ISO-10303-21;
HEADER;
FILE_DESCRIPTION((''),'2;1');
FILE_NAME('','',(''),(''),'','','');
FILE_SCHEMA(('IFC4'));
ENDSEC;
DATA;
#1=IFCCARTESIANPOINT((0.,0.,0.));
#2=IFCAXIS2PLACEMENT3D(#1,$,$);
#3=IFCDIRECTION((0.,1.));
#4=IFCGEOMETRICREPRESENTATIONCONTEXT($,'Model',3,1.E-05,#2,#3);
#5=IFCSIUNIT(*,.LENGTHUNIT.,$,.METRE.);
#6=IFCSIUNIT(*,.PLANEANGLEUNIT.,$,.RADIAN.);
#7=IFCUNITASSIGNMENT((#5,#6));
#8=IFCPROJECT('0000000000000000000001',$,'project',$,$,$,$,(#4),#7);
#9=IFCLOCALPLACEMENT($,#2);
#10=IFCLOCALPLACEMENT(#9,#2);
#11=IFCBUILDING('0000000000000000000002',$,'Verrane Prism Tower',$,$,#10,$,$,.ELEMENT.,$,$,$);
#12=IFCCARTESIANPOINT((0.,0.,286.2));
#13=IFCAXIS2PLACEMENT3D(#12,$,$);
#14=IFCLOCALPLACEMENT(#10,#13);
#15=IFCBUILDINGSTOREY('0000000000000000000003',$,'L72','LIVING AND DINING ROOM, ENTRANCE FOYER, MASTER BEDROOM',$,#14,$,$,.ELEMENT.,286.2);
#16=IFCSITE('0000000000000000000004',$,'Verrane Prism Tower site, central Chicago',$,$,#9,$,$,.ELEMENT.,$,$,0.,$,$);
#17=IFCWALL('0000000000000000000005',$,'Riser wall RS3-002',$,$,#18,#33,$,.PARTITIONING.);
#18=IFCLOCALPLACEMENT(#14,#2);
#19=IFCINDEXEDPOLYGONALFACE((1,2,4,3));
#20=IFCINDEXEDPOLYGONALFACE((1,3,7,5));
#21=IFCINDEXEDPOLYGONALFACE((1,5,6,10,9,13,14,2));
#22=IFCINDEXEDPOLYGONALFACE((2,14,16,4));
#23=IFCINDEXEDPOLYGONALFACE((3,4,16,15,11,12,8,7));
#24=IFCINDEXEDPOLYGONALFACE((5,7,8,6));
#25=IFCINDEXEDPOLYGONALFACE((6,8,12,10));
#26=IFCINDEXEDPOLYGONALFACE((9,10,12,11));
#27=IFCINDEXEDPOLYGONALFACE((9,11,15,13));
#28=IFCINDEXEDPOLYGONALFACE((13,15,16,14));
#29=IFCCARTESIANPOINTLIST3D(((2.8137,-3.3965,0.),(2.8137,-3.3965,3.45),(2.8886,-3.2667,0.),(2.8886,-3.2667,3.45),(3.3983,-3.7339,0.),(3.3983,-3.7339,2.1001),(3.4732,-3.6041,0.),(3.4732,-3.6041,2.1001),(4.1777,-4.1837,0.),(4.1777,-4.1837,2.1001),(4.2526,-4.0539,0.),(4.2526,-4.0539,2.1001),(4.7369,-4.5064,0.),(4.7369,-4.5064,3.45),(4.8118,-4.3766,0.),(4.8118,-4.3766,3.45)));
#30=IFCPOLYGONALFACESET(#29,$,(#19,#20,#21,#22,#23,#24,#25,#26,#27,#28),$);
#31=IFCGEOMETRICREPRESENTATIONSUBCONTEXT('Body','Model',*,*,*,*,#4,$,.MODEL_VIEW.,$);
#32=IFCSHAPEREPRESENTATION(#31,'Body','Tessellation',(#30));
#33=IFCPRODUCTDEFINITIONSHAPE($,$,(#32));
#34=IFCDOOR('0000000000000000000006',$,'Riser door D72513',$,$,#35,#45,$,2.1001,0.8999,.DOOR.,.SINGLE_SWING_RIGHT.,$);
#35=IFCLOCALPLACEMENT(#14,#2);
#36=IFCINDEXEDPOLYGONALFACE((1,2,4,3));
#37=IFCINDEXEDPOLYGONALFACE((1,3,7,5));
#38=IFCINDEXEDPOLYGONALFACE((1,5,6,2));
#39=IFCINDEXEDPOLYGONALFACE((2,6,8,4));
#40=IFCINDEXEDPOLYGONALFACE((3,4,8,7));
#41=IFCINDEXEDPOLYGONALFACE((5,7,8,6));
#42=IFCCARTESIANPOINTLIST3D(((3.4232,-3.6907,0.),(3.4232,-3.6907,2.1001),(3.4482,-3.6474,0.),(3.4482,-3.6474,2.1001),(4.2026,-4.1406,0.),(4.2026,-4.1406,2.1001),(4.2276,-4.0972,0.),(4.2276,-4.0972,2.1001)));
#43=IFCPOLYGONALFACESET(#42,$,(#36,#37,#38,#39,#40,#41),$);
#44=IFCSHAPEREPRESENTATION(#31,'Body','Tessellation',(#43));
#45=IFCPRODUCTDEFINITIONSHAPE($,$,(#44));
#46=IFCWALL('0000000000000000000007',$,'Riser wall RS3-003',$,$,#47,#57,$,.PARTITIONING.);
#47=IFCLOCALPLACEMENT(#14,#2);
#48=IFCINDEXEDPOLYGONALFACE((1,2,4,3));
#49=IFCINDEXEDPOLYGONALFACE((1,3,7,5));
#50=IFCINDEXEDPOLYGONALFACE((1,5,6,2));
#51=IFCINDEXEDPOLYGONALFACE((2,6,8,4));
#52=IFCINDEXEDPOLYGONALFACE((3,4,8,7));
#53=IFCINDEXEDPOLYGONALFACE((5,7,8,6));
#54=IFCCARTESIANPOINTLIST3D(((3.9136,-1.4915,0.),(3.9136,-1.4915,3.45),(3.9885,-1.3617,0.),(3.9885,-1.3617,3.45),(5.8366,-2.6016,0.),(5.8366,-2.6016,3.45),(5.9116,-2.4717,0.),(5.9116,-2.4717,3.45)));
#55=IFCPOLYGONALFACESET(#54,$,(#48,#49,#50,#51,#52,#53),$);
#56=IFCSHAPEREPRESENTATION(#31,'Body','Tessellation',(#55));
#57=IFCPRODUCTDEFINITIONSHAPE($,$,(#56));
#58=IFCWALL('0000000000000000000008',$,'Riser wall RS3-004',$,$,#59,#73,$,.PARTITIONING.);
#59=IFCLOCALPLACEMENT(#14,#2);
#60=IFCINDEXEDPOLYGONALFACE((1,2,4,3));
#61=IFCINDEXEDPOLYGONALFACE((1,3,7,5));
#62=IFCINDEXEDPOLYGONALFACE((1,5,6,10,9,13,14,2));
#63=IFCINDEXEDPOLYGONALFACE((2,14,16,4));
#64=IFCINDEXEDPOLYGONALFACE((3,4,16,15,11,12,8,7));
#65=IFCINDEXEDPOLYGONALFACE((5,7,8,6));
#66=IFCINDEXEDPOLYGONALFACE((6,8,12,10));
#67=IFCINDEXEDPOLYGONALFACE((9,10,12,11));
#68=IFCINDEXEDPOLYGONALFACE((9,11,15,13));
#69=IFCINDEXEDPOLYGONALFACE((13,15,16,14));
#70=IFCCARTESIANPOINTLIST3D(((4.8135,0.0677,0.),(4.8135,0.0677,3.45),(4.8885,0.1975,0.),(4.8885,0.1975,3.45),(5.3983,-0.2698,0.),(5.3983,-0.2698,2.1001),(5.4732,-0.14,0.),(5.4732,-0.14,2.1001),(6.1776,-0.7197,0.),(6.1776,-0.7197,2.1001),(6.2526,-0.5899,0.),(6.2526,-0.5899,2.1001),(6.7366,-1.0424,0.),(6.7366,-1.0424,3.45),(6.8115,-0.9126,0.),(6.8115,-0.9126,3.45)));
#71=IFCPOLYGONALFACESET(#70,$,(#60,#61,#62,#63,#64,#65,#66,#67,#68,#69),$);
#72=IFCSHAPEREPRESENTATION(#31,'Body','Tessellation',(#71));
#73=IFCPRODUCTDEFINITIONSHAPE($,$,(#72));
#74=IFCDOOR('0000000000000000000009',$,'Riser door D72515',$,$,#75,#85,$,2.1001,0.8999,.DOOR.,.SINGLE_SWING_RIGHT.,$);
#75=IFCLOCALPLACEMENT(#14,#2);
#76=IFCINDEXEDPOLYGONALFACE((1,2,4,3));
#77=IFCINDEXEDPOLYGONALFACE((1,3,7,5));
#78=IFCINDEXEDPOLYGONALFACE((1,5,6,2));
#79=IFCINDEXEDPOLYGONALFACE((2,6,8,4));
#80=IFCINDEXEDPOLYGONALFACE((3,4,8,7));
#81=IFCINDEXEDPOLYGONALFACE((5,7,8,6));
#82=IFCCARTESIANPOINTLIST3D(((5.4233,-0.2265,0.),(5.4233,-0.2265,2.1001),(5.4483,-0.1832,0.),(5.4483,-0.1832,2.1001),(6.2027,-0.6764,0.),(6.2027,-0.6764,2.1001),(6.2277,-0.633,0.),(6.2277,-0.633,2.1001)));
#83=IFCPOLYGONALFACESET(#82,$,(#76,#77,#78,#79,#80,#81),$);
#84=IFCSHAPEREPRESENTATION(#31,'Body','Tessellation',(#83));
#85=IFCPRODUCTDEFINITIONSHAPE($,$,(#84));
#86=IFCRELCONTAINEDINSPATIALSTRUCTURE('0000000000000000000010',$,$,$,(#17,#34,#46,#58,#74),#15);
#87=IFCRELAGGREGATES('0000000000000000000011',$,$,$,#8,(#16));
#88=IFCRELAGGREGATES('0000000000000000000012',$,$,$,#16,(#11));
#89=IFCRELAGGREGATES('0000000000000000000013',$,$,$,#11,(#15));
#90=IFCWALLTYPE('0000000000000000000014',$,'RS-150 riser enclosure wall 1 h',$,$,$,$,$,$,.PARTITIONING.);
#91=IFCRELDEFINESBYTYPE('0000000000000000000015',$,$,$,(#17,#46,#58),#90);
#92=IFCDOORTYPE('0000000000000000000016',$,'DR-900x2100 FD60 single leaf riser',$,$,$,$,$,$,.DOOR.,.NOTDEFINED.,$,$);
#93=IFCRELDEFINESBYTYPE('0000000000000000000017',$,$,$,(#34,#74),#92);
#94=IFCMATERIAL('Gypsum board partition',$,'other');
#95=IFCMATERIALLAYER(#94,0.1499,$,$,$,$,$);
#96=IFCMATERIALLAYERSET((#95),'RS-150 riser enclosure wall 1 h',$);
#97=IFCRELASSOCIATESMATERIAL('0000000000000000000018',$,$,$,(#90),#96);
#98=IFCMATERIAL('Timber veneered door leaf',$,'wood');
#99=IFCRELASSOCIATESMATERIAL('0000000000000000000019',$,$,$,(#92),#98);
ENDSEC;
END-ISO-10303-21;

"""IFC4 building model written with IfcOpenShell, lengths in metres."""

from ifc_helpers import new_model, si_unit, direction, frame, frame_2d, origin, place, context, subcontext, project, spatial, rectangle, extrude, material, layer, layer_set, type_object, element, fill, save


model = new_model("IFC4")

# Units and contexts
model_context = context("Model", 3, precision=1e-05, world=origin(), true_north=direction((0.0, 1.0)))
body_context = subcontext(model_context, "Body", "Model", "MODEL_VIEW")
ifc_project = project(units=[si_unit("LENGTHUNIT", "METRE"), si_unit("PLANEANGLEUNIT", "RADIAN")], contexts=[model_context])

# Site, building, storey
site_placement = place(None, origin())
site = spatial("IfcSite", under=ifc_project, at=site_placement, Name="Verrane Prism Tower site, central Chicago", CompositionType="ELEMENT", RefElevation=0.0)
building_placement = place(site_placement, origin())
building = spatial("IfcBuilding", under=site, at=building_placement, Name="Verrane Prism Tower", CompositionType="ELEMENT")
storey_placement = place(building_placement, frame((0.0, 0.0, 286.2)))
storey = spatial("IfcBuildingStorey", under=building, at=storey_placement, Name="L72", Description="LIVING AND DINING ROOM, ENTRANCE FOYER, MASTER BEDROOM", CompositionType="ELEMENT", Elevation=286.2)

# Shared definitions
ifc_material_1 = material(Name="Gypsum board partition", Category="other")
ifc_layer_1 = layer(ifc_material_1, 0.1499)
ifc_layer_set_1 = layer_set([ifc_layer_1], Name="RS-150 riser enclosure wall 1 h")
wall_type_1 = type_object("IfcWallType", Name="RS-150 riser enclosure wall 1 h", PredefinedType="PARTITIONING", material=ifc_layer_set_1)

# Wall, opening, door
wall_1_placement = place(storey_placement, frame((2.8511, -3.3315, 0.0), z_axis=(0.0, 0.0, 1.0), x_axis=(0.866111, -0.499853, 0.0)))
wall_1 = element("IfcWall", 1, at=wall_1_placement, inside=storey, type_object=wall_type_1, Name="Riser wall RS3-002", PredefinedType="PARTITIONING", context=body_context, shape_type="SweptSolid", body=[
    extrude(rectangle(XDim=2.2205, YDim=0.1499, at=frame_2d((1.1104, 0.0))), origin(), (0.0, 0.0, 1.0), 3.45),
])
opening_1_placement = place(wall_1_placement, frame((0.675, 0.0, 0.0)))
opening_1 = element("IfcOpeningElement", 2, at=opening_1_placement, cuts=wall_1, PredefinedType="OPENING", context=body_context, shape_type="SweptSolid", body=[
    extrude(rectangle(XDim=0.8999, YDim=2.1001, at=frame_2d((0.45, 1.05))), frame((0.0, 0.085, 0.0), z_axis=(0.0, -1.0, 0.0), x_axis=(1.0, 0.0, 0.0)), (0.0, 0.0, 1.0), 0.1699),
])
ifc_material_2 = material(Name="Timber veneered door leaf", Category="wood")
door_type_1 = type_object("IfcDoorType", Name="DR-900x2100 FD60 single leaf riser", OperationType="NOTDEFINED", PredefinedType="DOOR", material=ifc_material_2)
door_1_placement = place(opening_1_placement, origin())
door_1 = element("IfcDoor", 3, at=door_1_placement, inside=storey, type_object=door_type_1, Name="Riser door D72513", OperationType="SINGLE_SWING_RIGHT", OverallHeight=2.1001, OverallWidth=0.8999, PredefinedType="DOOR", context=body_context, shape_type="SweptSolid", body=[
    extrude(rectangle(XDim=0.8999, YDim=2.1001, at=frame_2d((0.45, 1.05))), frame((0.0, 0.0249, 0.0), z_axis=(0.0, -1.0, 0.0), x_axis=(1.0, 0.0, 0.0)), (0.0, 0.0, 1.0), 0.05),
])
fill(opening_1, door_1)

# Wall
wall_2_placement = place(storey_placement, frame((3.9509, -1.4265, 0.0), z_axis=(0.0, 0.0, 1.0), x_axis=(0.866063, -0.499935, 0.0)))
element("IfcWall", 4, at=wall_2_placement, inside=storey, type_object=wall_type_1, Name="Riser wall RS3-003", PredefinedType="PARTITIONING", context=body_context, shape_type="SweptSolid", body=[
    extrude(rectangle(XDim=2.2205, YDim=0.1499, at=frame_2d((1.1104, 0.0))), origin(), (0.0, 0.0, 1.0), 3.45),
])

# Wall, opening, door
wall_3_placement = place(storey_placement, frame((6.7742, -0.9775, 0.0), z_axis=(0.0, 0.0, 1.0), x_axis=(-0.866063, 0.499935, 0.0)))
wall_3 = element("IfcWall", 5, at=wall_3_placement, inside=storey, type_object=wall_type_1, Name="Riser wall RS3-004", PredefinedType="PARTITIONING", context=body_context, shape_type="SweptSolid", body=[
    extrude(rectangle(XDim=2.2205, YDim=0.1499, at=frame_2d((1.1104, 0.0))), origin(), (0.0, 0.0, 1.0), 3.45),
])
opening_2_placement = place(wall_3_placement, frame((0.6455, 0.0, 0.0)))
opening_2 = element("IfcOpeningElement", 6, at=opening_2_placement, cuts=wall_3, PredefinedType="OPENING", context=body_context, shape_type="SweptSolid", body=[
    extrude(rectangle(XDim=0.8999, YDim=2.1001, at=frame_2d((0.45, 1.05))), frame((0.0, 0.085, 0.0), z_axis=(0.0, -1.0, 0.0), x_axis=(1.0, 0.0, 0.0)), (0.0, 0.0, 1.0), 0.1699),
])
door_2_placement = place(opening_2_placement, origin())
door_2 = element("IfcDoor", 7, at=door_2_placement, inside=storey, type_object=door_type_1, Name="Riser door D72515", OperationType="SINGLE_SWING_RIGHT", OverallHeight=2.1001, OverallWidth=0.8999, PredefinedType="DOOR", context=body_context, shape_type="SweptSolid", body=[
    extrude(rectangle(XDim=0.8999, YDim=2.1001, at=frame_2d((0.45, 1.05))), frame((0.0, 0.0249, 0.0), z_axis=(0.0, -1.0, 0.0), x_axis=(1.0, 0.0, 0.0)), (0.0, 0.0, 1.0), 0.05),
])
fill(opening_2, door_2)

save(model, "model.ifc")
